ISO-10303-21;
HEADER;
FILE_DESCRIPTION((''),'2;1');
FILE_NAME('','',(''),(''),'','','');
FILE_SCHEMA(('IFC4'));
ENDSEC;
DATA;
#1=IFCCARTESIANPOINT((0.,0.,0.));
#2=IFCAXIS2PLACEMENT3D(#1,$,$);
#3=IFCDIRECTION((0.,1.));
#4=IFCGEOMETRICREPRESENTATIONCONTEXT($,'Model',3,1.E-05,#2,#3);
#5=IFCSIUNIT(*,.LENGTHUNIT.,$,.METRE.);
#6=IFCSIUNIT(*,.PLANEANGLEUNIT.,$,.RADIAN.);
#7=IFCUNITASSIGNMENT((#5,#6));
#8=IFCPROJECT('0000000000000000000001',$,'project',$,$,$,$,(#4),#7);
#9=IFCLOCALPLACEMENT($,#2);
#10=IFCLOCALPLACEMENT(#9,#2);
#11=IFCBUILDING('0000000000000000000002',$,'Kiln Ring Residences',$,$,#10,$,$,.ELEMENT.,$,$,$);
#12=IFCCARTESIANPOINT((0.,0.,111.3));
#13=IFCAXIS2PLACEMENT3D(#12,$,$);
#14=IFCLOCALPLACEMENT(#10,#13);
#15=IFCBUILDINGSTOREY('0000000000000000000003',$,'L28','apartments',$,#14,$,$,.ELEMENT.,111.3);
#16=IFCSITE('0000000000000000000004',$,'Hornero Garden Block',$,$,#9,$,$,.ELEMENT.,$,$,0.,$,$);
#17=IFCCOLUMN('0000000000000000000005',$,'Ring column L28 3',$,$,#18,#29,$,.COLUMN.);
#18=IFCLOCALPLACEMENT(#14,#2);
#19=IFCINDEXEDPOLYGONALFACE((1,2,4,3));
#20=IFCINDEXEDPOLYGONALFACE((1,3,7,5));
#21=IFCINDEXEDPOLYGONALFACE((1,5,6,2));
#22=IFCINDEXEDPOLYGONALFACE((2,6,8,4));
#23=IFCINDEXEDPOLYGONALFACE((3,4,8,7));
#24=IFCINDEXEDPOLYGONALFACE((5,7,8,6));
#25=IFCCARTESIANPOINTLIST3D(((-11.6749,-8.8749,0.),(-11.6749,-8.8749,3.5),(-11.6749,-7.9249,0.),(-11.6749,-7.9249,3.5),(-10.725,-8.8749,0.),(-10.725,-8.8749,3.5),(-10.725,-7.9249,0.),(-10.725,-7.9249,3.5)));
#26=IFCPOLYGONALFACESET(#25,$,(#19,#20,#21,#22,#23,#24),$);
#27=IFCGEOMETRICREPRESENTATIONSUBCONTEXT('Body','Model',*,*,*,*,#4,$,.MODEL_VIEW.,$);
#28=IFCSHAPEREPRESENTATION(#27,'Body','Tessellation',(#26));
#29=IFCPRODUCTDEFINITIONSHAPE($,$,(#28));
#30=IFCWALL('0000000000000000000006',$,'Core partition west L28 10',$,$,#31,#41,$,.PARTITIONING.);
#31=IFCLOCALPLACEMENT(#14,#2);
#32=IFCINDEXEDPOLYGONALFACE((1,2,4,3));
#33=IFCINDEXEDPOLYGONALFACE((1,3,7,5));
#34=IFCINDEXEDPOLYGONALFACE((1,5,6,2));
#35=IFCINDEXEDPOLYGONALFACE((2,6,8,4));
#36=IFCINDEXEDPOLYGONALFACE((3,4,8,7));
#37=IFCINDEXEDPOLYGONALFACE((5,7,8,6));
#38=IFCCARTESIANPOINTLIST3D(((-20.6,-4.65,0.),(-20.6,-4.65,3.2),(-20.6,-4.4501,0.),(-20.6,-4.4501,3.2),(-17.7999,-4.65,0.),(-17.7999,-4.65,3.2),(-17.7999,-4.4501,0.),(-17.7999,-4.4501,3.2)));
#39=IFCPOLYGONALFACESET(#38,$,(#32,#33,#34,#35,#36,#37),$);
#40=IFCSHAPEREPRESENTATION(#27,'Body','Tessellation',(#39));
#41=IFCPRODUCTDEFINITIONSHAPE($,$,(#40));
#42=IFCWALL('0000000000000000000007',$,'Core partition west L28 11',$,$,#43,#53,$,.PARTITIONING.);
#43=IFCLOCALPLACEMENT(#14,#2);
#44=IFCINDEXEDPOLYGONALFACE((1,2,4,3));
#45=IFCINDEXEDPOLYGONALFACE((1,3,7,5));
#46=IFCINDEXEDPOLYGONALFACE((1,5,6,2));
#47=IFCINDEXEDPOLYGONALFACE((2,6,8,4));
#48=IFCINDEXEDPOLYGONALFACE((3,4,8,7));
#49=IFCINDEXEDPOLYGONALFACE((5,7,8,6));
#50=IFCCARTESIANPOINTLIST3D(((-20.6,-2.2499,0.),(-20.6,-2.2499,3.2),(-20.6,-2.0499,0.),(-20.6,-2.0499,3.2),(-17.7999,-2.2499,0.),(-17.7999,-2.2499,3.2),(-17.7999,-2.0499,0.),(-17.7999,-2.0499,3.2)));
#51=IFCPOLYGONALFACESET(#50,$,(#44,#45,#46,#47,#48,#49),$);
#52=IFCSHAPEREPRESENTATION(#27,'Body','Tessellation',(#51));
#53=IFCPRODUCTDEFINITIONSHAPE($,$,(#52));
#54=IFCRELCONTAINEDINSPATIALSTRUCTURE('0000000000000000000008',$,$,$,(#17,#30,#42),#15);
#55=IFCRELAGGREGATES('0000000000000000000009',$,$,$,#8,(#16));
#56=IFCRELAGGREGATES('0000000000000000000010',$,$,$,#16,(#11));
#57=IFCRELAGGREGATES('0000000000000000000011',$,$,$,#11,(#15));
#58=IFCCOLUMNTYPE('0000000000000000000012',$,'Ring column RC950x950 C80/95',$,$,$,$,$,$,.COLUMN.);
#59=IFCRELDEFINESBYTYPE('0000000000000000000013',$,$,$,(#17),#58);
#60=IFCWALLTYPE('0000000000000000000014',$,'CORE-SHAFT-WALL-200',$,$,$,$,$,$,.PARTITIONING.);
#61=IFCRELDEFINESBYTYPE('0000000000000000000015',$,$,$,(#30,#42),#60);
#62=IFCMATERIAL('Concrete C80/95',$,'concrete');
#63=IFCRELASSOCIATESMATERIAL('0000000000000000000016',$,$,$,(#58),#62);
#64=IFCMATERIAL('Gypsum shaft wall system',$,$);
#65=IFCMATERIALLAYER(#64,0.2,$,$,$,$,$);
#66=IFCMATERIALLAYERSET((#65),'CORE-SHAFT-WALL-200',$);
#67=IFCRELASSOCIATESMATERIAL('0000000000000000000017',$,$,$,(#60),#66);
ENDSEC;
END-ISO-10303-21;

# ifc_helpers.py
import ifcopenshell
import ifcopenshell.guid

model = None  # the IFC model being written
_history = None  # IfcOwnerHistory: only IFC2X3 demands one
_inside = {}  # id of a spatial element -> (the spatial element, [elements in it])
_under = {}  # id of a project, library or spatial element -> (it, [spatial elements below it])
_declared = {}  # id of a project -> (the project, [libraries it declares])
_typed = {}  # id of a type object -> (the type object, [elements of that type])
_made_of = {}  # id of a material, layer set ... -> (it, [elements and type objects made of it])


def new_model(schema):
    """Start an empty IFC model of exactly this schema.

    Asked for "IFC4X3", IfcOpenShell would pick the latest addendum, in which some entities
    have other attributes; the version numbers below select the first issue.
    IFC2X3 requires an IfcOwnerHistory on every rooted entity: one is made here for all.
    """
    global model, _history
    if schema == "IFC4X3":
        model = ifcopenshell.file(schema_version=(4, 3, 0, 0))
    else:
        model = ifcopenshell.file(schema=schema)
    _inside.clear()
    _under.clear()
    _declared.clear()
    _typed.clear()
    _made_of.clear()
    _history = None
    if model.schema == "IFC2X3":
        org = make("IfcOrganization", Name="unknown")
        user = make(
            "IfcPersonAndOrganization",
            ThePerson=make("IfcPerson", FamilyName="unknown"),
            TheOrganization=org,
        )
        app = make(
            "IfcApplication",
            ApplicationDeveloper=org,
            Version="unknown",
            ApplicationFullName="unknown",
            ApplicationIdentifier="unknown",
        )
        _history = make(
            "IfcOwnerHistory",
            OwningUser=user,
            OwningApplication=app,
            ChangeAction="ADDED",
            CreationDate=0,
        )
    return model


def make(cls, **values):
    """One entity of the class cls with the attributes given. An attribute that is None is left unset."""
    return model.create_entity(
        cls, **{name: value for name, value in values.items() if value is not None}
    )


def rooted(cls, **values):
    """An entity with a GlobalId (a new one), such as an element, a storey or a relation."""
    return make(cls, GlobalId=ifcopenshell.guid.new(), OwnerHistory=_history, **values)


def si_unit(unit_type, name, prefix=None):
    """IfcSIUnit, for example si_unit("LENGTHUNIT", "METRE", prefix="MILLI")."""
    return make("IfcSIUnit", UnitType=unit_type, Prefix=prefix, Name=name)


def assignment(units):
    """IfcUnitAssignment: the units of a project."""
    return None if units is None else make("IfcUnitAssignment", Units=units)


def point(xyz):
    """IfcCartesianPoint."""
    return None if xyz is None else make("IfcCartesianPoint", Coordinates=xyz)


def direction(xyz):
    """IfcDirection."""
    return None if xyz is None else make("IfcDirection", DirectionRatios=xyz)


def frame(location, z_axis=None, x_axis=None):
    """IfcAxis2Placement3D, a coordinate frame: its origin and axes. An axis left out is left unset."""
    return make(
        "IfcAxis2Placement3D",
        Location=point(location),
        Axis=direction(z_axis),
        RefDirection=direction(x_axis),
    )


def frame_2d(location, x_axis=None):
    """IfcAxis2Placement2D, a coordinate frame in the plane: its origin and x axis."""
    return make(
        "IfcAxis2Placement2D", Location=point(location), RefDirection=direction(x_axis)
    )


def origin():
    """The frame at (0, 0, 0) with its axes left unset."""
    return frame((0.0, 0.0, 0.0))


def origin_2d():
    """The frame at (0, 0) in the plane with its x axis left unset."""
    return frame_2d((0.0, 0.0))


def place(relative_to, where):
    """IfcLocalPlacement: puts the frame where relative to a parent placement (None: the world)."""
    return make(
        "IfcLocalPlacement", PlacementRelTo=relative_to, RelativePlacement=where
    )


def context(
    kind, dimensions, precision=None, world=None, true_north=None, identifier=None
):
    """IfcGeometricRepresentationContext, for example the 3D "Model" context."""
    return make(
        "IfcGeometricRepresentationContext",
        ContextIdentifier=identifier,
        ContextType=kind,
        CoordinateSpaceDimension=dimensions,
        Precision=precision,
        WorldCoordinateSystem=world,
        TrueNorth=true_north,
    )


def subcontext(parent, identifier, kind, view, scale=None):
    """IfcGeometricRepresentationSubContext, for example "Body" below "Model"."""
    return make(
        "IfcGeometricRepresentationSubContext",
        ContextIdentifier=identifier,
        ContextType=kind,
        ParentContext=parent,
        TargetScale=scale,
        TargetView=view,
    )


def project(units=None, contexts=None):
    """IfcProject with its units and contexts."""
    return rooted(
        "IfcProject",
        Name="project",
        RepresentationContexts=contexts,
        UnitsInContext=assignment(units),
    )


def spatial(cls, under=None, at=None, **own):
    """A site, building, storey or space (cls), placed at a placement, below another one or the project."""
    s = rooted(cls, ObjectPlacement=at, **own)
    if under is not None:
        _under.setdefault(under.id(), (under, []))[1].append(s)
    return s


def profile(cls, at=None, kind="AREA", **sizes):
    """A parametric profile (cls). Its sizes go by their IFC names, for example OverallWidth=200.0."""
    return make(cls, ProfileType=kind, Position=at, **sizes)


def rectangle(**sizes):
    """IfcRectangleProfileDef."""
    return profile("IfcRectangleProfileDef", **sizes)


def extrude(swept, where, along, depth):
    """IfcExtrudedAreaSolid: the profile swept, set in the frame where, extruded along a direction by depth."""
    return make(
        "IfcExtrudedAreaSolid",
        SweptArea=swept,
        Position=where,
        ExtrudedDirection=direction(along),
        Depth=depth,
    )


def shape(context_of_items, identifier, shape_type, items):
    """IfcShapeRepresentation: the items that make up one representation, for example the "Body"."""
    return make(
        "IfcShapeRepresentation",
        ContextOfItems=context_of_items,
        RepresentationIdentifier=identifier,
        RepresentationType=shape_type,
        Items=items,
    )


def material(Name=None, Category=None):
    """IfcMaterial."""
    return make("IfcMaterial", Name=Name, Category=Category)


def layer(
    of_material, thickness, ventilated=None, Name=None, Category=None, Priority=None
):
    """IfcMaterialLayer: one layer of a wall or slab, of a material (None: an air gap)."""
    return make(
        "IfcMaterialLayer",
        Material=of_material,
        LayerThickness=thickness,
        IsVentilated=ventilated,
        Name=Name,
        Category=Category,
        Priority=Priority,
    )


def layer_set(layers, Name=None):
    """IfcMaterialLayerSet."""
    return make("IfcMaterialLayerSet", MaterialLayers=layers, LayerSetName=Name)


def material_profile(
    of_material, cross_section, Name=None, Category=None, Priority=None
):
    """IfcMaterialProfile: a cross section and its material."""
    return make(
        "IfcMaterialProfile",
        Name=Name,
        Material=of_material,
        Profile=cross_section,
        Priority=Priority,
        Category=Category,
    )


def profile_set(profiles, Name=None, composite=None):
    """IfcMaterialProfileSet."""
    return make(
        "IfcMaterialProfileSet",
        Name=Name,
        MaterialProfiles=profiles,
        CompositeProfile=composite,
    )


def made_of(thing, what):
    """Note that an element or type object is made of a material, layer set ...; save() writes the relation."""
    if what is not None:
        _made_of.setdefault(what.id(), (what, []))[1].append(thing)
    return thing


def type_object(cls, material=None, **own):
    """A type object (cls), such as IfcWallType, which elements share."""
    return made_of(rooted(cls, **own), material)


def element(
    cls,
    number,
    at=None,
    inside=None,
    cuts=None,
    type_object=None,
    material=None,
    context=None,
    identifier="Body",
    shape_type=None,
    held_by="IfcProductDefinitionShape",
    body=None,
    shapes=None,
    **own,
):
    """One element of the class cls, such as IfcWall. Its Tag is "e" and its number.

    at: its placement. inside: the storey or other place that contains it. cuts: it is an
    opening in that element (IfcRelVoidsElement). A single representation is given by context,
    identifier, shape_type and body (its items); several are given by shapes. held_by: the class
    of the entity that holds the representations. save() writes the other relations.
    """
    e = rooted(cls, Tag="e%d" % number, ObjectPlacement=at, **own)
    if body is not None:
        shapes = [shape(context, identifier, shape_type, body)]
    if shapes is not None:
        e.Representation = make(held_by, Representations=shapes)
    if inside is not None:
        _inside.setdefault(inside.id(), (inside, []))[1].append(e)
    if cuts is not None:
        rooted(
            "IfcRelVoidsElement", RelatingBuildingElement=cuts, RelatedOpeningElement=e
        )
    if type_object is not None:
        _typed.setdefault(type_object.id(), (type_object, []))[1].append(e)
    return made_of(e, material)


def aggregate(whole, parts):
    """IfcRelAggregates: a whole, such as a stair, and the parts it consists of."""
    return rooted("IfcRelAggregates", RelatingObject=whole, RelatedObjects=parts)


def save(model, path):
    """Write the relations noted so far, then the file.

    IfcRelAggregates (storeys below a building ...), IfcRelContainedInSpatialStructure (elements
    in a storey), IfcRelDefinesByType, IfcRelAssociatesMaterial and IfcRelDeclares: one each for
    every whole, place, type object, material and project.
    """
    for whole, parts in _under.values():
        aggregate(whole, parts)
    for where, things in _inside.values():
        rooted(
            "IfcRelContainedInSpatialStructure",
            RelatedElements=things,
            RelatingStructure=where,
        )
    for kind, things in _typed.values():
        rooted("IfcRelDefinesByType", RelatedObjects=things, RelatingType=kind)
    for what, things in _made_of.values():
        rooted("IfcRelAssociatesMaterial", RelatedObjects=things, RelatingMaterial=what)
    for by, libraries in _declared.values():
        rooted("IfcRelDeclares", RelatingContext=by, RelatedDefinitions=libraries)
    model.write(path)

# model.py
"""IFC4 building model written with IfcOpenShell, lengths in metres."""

from ifc_helpers import new_model, si_unit, direction, frame, frame_2d, origin, origin_2d, place, context, subcontext, project, spatial, rectangle, extrude, material, layer, layer_set, material_profile, profile_set, type_object, element, save


model = new_model("IFC4")

# Units and contexts
model_context = context("Model", 3, precision=1e-05, world=origin(), true_north=direction((0.0, 1.0)))
body_context = subcontext(model_context, "Body", "Model", "MODEL_VIEW")
ifc_project = project(units=[si_unit("LENGTHUNIT", "METRE"), si_unit("PLANEANGLEUNIT", "RADIAN")], contexts=[model_context])

# Site, building, storey
site_placement = place(None, origin())
site = spatial("IfcSite", under=ifc_project, at=site_placement, Name="Hornero Garden Block", CompositionType="ELEMENT", RefElevation=0.0)
building_placement = place(site_placement, origin())
building = spatial("IfcBuilding", under=site, at=building_placement, Name="Kiln Ring Residences", CompositionType="ELEMENT")
storey_placement = place(building_placement, frame((0.0, 0.0, 111.3)))
storey = spatial("IfcBuildingStorey", under=building, at=storey_placement, Name="L28", Description="apartments", CompositionType="ELEMENT", Elevation=111.3)

# Column
ifc_material_1 = material(Name="Concrete C80/95", Category="concrete")
ifc_material_profile = material_profile(ifc_material_1, rectangle(XDim=0.95, YDim=0.95, at=origin_2d()), Name="RC950x950")
ifc_profile_set = profile_set([ifc_material_profile], Name="Concrete C80/95")
column_type = type_object("IfcColumnType", Name="Ring column RC950x950 C80/95", PredefinedType="COLUMN", material=ifc_profile_set)
column_placement = place(storey_placement, frame((-11.2, -8.3999, 0.0), z_axis=(0.0, 0.0, 1.0), x_axis=(1.0, 0.0, 0.0)))
element("IfcColumn", 1, at=column_placement, inside=storey, type_object=column_type, Name="Ring column L28 3", PredefinedType="COLUMN", context=body_context, shape_type="SweptSolid", body=[
    extrude(rectangle(XDim=0.95, YDim=0.95, at=origin_2d()), origin(), (0.0, 0.0, 1.0), 3.5),
])

# Walls
ifc_material_2 = material(Name="Gypsum shaft wall system")
ifc_layer_1 = layer(ifc_material_2, 0.2)
ifc_layer_set_1 = layer_set([ifc_layer_1], Name="CORE-SHAFT-WALL-200")
wall_type_1 = type_object("IfcWallType", Name="CORE-SHAFT-WALL-200", PredefinedType="PARTITIONING", material=ifc_layer_set_1)
for number, where, z_axis, x_axis, name in (
    (2, (-17.8, -4.55, 0.0), (0.0, 0.0, 1.0), (-1.0, 0.0, 0.0), "Core partition west L28 10"),
    (3, (-17.8, -2.1499, 0.0), (0.0, 0.0, 1.0), (-1.0, 0.0, 0.0), "Core partition west L28 11"),
):
    element("IfcWall", number, at=place(storey_placement, frame(where, z_axis=z_axis, x_axis=x_axis)), inside=storey, type_object=wall_type_1, Name=name, PredefinedType="PARTITIONING", context=body_context, shape_type="SweptSolid", body=[
        extrude(rectangle(XDim=2.8, YDim=0.2, at=frame_2d((1.3999, 0.0))), origin(), (0.0, 0.0, 1.0), 3.2),
    ])

save(model, "model.ifc")
